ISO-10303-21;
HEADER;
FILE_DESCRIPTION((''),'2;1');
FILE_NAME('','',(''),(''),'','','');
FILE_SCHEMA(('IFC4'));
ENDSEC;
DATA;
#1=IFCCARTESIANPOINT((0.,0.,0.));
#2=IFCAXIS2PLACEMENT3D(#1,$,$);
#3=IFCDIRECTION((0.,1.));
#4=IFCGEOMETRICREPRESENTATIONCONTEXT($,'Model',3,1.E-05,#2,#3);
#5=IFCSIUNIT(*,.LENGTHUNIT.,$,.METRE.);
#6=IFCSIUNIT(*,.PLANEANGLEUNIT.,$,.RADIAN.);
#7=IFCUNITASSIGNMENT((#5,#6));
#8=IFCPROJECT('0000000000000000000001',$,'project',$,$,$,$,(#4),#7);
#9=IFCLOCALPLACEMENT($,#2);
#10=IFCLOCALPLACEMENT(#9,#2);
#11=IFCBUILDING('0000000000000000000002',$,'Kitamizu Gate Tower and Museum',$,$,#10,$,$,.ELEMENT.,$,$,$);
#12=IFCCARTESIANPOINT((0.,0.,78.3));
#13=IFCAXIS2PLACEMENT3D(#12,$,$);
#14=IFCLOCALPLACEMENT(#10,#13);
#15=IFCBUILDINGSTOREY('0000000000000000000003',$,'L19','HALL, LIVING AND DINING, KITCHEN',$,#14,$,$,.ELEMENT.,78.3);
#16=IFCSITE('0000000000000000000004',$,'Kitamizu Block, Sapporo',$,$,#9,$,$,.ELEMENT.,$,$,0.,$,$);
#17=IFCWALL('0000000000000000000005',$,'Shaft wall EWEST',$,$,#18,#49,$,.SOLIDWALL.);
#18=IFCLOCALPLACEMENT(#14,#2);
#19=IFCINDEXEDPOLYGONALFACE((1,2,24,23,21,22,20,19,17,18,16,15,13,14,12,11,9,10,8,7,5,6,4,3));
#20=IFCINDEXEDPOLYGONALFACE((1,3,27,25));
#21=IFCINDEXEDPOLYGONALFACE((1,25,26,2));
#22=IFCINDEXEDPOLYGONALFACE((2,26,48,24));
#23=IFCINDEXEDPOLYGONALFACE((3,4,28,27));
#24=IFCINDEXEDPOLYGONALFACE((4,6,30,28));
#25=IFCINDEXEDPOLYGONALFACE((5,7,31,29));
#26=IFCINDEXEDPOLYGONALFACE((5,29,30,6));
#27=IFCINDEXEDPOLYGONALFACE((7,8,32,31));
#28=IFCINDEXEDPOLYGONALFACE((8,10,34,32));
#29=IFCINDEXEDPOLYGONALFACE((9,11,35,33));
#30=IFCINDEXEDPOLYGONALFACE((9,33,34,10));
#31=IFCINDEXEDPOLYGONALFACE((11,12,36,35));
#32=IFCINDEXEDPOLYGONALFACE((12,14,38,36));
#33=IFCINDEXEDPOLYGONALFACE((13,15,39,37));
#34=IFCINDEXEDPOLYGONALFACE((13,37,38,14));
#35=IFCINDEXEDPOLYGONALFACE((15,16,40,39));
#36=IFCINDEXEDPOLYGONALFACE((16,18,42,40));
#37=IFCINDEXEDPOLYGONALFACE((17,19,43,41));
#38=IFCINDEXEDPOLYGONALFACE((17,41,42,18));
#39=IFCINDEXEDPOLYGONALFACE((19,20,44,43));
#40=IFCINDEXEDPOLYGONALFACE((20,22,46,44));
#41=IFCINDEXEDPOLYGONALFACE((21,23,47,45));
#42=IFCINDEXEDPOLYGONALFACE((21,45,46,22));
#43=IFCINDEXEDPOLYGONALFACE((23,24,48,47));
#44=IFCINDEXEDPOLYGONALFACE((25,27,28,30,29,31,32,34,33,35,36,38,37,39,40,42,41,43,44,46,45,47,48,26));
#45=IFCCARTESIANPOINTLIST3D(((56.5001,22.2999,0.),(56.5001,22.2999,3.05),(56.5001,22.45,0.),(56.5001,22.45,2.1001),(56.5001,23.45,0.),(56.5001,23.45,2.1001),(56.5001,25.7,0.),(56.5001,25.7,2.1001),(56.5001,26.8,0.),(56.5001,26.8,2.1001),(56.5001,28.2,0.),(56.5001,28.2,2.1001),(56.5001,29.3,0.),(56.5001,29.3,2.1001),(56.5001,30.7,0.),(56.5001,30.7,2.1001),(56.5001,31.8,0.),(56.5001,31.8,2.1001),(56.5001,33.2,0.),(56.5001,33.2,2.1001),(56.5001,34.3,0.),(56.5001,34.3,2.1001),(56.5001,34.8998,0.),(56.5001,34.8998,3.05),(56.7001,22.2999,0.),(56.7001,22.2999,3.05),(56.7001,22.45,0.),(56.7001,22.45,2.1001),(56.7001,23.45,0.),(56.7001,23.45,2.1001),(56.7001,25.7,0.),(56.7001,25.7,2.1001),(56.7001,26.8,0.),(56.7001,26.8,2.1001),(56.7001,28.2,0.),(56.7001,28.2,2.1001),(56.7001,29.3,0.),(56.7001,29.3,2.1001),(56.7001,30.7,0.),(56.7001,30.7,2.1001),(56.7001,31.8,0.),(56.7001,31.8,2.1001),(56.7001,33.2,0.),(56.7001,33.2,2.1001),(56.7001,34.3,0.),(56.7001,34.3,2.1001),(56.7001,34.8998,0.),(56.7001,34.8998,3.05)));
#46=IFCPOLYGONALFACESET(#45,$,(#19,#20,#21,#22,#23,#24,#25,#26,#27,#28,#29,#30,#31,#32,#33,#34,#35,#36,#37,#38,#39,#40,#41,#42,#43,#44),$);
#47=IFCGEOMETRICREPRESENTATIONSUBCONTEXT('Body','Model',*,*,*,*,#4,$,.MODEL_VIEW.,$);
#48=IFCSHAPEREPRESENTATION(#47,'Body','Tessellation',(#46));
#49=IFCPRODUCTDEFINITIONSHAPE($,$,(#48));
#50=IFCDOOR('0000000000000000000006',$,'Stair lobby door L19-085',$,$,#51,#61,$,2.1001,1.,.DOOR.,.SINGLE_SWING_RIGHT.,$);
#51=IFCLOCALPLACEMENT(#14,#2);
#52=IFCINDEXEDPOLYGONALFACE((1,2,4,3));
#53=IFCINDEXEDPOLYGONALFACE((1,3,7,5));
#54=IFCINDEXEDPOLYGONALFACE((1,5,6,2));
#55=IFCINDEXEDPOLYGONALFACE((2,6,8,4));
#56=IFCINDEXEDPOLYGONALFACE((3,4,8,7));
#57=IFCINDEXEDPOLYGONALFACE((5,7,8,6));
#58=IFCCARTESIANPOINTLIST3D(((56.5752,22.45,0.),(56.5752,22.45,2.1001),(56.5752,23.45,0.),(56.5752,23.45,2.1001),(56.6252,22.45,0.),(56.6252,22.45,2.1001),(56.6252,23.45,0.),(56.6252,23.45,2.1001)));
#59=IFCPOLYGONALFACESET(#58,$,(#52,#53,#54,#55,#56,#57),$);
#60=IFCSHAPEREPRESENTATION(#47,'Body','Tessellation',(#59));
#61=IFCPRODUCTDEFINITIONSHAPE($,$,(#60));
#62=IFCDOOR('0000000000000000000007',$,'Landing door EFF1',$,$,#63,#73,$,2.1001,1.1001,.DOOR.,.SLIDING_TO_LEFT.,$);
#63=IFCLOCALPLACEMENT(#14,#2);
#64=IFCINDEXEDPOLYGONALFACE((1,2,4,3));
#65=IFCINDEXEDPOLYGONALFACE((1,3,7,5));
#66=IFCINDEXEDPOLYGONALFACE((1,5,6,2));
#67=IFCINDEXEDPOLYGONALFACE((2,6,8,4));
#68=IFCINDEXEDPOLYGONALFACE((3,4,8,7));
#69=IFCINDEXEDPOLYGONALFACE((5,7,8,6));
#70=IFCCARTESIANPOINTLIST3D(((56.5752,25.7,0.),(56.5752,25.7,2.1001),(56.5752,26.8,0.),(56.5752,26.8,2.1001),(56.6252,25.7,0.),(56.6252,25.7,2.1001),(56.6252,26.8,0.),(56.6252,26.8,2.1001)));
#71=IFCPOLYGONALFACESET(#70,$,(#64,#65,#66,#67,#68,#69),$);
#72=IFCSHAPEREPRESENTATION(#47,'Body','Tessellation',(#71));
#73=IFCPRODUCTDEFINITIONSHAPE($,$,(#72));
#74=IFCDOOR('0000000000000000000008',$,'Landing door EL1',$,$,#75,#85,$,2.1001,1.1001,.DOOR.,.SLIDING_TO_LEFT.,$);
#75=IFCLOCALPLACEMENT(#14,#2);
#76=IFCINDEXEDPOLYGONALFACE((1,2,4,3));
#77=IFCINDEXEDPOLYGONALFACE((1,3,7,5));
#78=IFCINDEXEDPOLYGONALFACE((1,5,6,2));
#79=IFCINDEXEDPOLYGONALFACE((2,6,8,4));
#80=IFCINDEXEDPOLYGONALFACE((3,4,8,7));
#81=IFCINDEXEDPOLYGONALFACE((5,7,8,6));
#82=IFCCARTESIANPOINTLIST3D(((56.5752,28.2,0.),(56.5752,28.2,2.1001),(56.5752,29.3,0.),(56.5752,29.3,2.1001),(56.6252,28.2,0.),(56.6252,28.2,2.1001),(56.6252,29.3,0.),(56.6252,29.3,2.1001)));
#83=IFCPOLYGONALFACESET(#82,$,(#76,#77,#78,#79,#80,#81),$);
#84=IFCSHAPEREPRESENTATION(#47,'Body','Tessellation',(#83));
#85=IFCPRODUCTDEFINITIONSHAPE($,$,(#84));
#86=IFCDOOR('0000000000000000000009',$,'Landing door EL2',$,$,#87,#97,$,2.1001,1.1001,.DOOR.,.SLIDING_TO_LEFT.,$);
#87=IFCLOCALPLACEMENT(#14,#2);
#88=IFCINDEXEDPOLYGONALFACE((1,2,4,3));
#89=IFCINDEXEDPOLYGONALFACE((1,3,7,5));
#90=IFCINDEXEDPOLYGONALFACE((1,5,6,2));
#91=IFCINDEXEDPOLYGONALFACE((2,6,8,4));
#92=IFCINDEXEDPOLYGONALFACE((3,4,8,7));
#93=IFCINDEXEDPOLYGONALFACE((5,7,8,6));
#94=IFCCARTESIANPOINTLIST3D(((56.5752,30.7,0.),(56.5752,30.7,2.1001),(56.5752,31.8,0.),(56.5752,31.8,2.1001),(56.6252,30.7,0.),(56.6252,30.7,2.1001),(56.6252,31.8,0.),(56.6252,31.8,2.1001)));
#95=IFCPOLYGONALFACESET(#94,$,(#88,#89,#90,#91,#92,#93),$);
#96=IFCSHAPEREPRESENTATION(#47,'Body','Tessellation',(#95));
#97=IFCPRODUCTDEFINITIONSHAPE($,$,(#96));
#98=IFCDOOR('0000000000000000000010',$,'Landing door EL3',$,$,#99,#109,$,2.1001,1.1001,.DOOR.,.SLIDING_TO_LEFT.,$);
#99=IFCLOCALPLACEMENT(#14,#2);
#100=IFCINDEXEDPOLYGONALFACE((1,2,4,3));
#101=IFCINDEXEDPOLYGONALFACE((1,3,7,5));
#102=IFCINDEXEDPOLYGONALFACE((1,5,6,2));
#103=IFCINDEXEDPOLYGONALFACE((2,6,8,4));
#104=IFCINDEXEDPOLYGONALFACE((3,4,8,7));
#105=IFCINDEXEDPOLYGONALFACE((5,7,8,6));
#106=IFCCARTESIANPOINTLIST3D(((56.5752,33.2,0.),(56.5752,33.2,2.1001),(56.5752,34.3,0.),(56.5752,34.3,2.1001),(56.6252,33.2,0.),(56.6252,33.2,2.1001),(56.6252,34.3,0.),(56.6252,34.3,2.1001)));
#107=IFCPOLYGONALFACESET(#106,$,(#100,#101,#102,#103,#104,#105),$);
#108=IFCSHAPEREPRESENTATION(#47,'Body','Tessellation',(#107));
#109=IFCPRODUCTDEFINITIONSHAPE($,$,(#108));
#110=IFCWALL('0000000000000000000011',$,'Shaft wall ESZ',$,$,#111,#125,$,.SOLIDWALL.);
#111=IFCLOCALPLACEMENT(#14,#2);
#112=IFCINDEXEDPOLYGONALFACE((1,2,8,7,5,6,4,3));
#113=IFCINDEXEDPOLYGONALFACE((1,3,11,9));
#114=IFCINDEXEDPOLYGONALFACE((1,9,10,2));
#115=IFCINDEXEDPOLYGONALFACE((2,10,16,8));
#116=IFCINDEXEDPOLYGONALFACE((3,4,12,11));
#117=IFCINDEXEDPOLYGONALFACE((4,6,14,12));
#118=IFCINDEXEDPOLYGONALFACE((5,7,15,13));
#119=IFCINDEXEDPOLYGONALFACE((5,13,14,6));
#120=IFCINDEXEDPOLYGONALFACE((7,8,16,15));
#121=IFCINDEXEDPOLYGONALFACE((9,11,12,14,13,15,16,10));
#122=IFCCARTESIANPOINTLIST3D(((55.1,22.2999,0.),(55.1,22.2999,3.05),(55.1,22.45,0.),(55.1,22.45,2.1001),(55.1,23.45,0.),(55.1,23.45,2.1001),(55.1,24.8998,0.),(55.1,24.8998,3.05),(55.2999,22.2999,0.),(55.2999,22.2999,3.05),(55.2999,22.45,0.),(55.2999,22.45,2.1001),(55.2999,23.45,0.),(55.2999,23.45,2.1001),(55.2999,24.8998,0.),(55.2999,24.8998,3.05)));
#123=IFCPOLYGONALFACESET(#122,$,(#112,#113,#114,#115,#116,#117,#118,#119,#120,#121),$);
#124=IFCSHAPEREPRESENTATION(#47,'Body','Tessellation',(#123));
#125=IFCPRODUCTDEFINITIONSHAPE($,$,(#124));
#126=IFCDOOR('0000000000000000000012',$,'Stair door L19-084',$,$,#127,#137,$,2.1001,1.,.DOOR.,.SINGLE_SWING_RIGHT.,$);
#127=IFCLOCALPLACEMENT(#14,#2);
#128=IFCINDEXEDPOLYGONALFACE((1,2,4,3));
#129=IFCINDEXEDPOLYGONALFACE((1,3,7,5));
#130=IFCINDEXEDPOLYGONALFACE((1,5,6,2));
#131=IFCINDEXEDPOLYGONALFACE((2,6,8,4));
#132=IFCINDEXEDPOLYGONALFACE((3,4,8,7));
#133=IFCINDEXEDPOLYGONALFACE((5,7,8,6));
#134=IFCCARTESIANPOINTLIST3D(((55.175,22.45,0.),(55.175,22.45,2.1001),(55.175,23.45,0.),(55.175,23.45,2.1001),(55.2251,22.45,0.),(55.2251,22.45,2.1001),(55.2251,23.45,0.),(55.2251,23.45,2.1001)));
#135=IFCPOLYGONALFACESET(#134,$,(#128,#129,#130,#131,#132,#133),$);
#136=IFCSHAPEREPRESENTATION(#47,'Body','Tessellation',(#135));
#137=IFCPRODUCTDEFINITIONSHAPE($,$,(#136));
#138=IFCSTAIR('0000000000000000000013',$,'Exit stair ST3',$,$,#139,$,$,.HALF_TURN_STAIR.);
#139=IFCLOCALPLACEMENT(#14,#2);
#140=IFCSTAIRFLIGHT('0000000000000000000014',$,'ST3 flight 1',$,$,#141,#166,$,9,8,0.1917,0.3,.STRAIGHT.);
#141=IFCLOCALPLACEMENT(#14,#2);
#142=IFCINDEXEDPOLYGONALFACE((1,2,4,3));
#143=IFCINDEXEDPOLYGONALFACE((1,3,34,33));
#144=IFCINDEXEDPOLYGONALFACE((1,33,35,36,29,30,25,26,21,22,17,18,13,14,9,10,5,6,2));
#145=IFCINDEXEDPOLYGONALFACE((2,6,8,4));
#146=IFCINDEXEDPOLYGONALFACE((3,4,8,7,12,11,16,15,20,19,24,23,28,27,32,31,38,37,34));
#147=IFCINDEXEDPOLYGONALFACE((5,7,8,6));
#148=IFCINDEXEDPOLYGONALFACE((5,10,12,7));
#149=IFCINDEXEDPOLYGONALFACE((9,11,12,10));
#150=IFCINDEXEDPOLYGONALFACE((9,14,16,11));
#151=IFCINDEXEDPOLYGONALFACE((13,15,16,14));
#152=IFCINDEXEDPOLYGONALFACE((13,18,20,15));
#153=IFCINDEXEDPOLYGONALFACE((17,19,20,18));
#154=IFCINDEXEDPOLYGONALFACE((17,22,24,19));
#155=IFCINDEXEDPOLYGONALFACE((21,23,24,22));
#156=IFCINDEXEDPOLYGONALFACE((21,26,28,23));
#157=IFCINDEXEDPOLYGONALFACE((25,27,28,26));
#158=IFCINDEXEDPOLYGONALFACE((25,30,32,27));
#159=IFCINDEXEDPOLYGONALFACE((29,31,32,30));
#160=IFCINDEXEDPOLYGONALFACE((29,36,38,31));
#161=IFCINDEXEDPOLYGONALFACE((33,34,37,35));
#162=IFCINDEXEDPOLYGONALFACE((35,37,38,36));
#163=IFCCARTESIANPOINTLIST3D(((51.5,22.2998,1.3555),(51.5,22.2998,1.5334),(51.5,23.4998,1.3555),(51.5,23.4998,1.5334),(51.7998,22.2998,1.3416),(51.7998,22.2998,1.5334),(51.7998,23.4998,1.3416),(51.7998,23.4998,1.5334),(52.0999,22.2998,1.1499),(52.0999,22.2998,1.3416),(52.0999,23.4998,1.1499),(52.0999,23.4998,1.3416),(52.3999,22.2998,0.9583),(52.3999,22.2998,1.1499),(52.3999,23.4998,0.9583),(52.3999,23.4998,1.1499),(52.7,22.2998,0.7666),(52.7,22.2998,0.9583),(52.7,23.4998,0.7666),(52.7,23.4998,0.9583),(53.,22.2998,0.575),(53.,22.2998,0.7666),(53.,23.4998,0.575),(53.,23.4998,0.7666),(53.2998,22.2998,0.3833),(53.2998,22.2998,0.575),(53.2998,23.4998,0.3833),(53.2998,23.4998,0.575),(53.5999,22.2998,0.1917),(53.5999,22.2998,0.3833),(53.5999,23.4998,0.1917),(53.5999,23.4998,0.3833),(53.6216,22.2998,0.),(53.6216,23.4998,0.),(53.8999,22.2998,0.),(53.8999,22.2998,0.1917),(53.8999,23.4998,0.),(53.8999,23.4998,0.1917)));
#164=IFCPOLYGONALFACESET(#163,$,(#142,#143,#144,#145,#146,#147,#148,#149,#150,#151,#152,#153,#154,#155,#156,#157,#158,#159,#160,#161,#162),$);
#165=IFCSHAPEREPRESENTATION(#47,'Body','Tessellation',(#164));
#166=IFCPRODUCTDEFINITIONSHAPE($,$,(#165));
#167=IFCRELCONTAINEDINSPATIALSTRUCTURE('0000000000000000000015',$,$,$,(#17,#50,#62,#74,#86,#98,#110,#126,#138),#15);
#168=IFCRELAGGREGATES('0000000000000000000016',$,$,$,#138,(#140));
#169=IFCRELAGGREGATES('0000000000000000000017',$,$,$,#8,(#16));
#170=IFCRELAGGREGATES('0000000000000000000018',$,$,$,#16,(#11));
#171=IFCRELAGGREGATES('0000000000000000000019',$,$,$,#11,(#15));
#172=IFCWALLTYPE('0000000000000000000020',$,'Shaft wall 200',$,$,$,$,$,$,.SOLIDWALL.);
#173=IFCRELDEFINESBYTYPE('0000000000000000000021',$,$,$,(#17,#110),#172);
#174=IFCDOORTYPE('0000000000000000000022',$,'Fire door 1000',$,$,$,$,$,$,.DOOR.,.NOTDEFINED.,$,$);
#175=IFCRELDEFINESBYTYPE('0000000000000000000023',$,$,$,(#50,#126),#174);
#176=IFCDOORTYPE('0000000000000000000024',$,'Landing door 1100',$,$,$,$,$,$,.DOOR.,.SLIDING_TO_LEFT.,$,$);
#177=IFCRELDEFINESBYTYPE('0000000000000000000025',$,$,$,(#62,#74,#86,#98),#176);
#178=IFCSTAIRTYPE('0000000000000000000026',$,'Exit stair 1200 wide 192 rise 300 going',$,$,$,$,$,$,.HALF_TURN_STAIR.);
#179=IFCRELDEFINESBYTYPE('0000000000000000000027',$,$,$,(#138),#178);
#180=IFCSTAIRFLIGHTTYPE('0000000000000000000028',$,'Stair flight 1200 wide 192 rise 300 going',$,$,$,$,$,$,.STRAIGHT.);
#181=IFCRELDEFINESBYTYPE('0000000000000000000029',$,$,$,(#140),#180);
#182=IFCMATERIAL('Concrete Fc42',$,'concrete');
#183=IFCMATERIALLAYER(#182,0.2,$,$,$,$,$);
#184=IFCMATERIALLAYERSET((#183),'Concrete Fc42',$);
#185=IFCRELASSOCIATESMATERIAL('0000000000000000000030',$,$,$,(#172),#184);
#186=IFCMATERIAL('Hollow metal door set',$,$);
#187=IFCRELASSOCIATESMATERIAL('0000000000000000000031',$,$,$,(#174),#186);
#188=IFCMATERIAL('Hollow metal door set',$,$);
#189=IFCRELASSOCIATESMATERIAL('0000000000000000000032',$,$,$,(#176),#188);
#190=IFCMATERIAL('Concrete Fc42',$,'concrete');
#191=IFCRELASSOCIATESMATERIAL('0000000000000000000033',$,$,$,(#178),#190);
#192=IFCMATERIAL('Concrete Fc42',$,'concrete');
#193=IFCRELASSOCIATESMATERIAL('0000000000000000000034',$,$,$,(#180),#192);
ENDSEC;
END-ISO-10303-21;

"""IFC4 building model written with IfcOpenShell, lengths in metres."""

from ifc_helpers import new_model, si_unit, direction, frame, frame_2d, origin, place, context, subcontext, project, spatial, polyline, rectangle, outline, extrude, material, layer, layer_set, type_object, element, fill, aggregate, save


model = new_model("IFC4")

# Units and contexts
model_context = context("Model", 3, precision=1e-05, world=origin(), true_north=direction((0.0, 1.0)))
body_context = subcontext(model_context, "Body", "Model", "MODEL_VIEW")
ifc_project = project(units=[si_unit("LENGTHUNIT", "METRE"), si_unit("PLANEANGLEUNIT", "RADIAN")], contexts=[model_context])

# Site, building, storey
site_placement = place(None, origin())
site = spatial("IfcSite", under=ifc_project, at=site_placement, Name="Kitamizu Block, Sapporo", CompositionType="ELEMENT", RefElevation=0.0)
building_placement = place(site_placement, origin())
building = spatial("IfcBuilding", under=site, at=building_placement, Name="Kitamizu Gate Tower and Museum", CompositionType="ELEMENT")
storey_placement = place(building_placement, frame((0.0, 0.0, 78.3)))
storey = spatial("IfcBuildingStorey", under=building, at=storey_placement, Name="L19", Description="HALL, LIVING AND DINING, KITCHEN", CompositionType="ELEMENT", Elevation=78.3)

# Wall, openings, doors
ifc_material_1 = material(Name="Concrete Fc42", Category="concrete")
ifc_layer_1 = layer(ifc_material_1, 0.2)
ifc_layer_set_1 = layer_set([ifc_layer_1], Name="Concrete Fc42")
wall_type_1 = type_object("IfcWallType", Name="Shaft wall 200", PredefinedType="SOLIDWALL", material=ifc_layer_set_1)
wall_1_placement = place(storey_placement, frame((56.6001, 22.3, 0.0), z_axis=(0.0, 0.0, 1.0), x_axis=(0.0, 1.0, 0.0)))
wall_1 = element("IfcWall", 1, at=wall_1_placement, inside=storey, type_object=wall_type_1, Name="Shaft wall EWEST", PredefinedType="SOLIDWALL", context=body_context, shape_type="SweptSolid", body=[
    extrude(rectangle(XDim=12.5999, YDim=0.2, at=frame_2d((6.2998, 0.0))), origin(), (0.0, 0.0, 1.0), 3.05),
])
opening_1_placement = place(wall_1_placement, frame((3.3999, 0.0, 0.0)))
opening_1 = element("IfcOpeningElement", 2, at=opening_1_placement, cuts=wall_1, PredefinedType="OPENING", context=body_context, shape_type="SweptSolid", body=[
    extrude(rectangle(XDim=1.1001, YDim=2.1001, at=frame_2d((0.55, 1.05))), frame((0.0, 0.1099, 0.0), z_axis=(0.0, -1.0, 0.0), x_axis=(1.0, 0.0, 0.0)), (0.0, 0.0, 1.0), 0.22),
])
opening_2_placement = place(wall_1_placement, frame((5.8999, 0.0, 0.0)))
opening_2 = element("IfcOpeningElement", 3, at=opening_2_placement, cuts=wall_1, PredefinedType="OPENING", context=body_context, shape_type="SweptSolid", body=[
    extrude(rectangle(XDim=1.1001, YDim=2.1001, at=frame_2d((0.55, 1.05))), frame((0.0, 0.1099, 0.0), z_axis=(0.0, -1.0, 0.0), x_axis=(1.0, 0.0, 0.0)), (0.0, 0.0, 1.0), 0.22),
])
opening_3_placement = place(wall_1_placement, frame((8.3999, 0.0, 0.0)))
opening_3 = element("IfcOpeningElement", 4, at=opening_3_placement, cuts=wall_1, PredefinedType="OPENING", context=body_context, shape_type="SweptSolid", body=[
    extrude(rectangle(XDim=1.1001, YDim=2.1001, at=frame_2d((0.55, 1.05))), frame((0.0, 0.1099, 0.0), z_axis=(0.0, -1.0, 0.0), x_axis=(1.0, 0.0, 0.0)), (0.0, 0.0, 1.0), 0.22),
])
opening_4_placement = place(wall_1_placement, frame((10.8999, 0.0, 0.0)))
opening_4 = element("IfcOpeningElement", 5, at=opening_4_placement, cuts=wall_1, PredefinedType="OPENING", context=body_context, shape_type="SweptSolid", body=[
    extrude(rectangle(XDim=1.1001, YDim=2.1001, at=frame_2d((0.55, 1.05))), frame((0.0, 0.1099, 0.0), z_axis=(0.0, -1.0, 0.0), x_axis=(1.0, 0.0, 0.0)), (0.0, 0.0, 1.0), 0.22),
])
opening_5_placement = place(wall_1_placement, frame((0.1499, 0.0, 0.0)))
opening_5 = element("IfcOpeningElement", 6, at=opening_5_placement, cuts=wall_1, PredefinedType="OPENING", context=body_context, shape_type="SweptSolid", body=[
    extrude(rectangle(XDim=1.0, YDim=2.1001, at=frame_2d((0.5, 1.05))), frame((0.0, 0.1099, 0.0), z_axis=(0.0, -1.0, 0.0), x_axis=(1.0, 0.0, 0.0)), (0.0, 0.0, 1.0), 0.22),
])
ifc_material_2 = material(Name="Hollow metal door set")
door_type_1 = type_object("IfcDoorType", Name="Fire door 1000", OperationType="NOTDEFINED", PredefinedType="DOOR", material=ifc_material_2)
door_1_placement = place(opening_5_placement, origin())
door_1 = element("IfcDoor", 7, at=door_1_placement, inside=storey, type_object=door_type_1, Name="Stair lobby door L19-085", OperationType="SINGLE_SWING_RIGHT", OverallHeight=2.1001, OverallWidth=1.0, PredefinedType="DOOR", context=body_context, shape_type="SweptSolid", body=[
    extrude(rectangle(XDim=1.0, YDim=2.1001, at=frame_2d((0.5, 1.05))), frame((0.0, 0.0249, 0.0), z_axis=(0.0, -1.0, 0.0), x_axis=(1.0, 0.0, 0.0)), (0.0, 0.0, 1.0), 0.05),
])
fill(opening_5, door_1)
ifc_material_3 = material(Name="Hollow metal door set")
door_type_2 = type_object("IfcDoorType", Name="Landing door 1100", OperationType="SLIDING_TO_LEFT", PredefinedType="DOOR", material=ifc_material_3)
door_2_placement = place(opening_1_placement, origin())
door_2 = element("IfcDoor", 8, at=door_2_placement, inside=storey, type_object=door_type_2, Name="Landing door EFF1", OperationType="SLIDING_TO_LEFT", OverallHeight=2.1001, OverallWidth=1.1001, PredefinedType="DOOR", context=body_context, shape_type="SweptSolid", body=[
    extrude(rectangle(XDim=1.1001, YDim=2.1001, at=frame_2d((0.55, 1.05))), frame((0.0, 0.0249, 0.0), z_axis=(0.0, -1.0, 0.0), x_axis=(1.0, 0.0, 0.0)), (0.0, 0.0, 1.0), 0.05),
])
fill(opening_1, door_2)
door_3_placement = place(opening_2_placement, origin())
door_3 = element("IfcDoor", 9, at=door_3_placement, inside=storey, type_object=door_type_2, Name="Landing door EL1", OperationType="SLIDING_TO_LEFT", OverallHeight=2.1001, OverallWidth=1.1001, PredefinedType="DOOR", context=body_context, shape_type="SweptSolid", body=[
    extrude(rectangle(XDim=1.1001, YDim=2.1001, at=frame_2d((0.55, 1.05))), frame((0.0, 0.0249, 0.0), z_axis=(0.0, -1.0, 0.0), x_axis=(1.0, 0.0, 0.0)), (0.0, 0.0, 1.0), 0.05),
])
fill(opening_2, door_3)
door_4_placement = place(opening_3_placement, origin())
door_4 = element("IfcDoor", 10, at=door_4_placement, inside=storey, type_object=door_type_2, Name="Landing door EL2", OperationType="SLIDING_TO_LEFT", OverallHeight=2.1001, OverallWidth=1.1001, PredefinedType="DOOR", context=body_context, shape_type="SweptSolid", body=[
    extrude(rectangle(XDim=1.1001, YDim=2.1001, at=frame_2d((0.55, 1.05))), frame((0.0, 0.0249, 0.0), z_axis=(0.0, -1.0, 0.0), x_axis=(1.0, 0.0, 0.0)), (0.0, 0.0, 1.0), 0.05),
])
fill(opening_3, door_4)
door_5_placement = place(opening_4_placement, origin())
door_5 = element("IfcDoor", 11, at=door_5_placement, inside=storey, type_object=door_type_2, Name="Landing door EL3", OperationType="SLIDING_TO_LEFT", OverallHeight=2.1001, OverallWidth=1.1001, PredefinedType="DOOR", context=body_context, shape_type="SweptSolid", body=[
    extrude(rectangle(XDim=1.1001, YDim=2.1001, at=frame_2d((0.55, 1.05))), frame((0.0, 0.0249, 0.0), z_axis=(0.0, -1.0, 0.0), x_axis=(1.0, 0.0, 0.0)), (0.0, 0.0, 1.0), 0.05),
])
fill(opening_4, door_5)

# Wall, opening, door
wall_2_placement = place(storey_placement, frame((55.2, 22.3, 0.0), z_axis=(0.0, 0.0, 1.0), x_axis=(0.0, 1.0, 0.0)))
wall_2 = element("IfcWall", 12, at=wall_2_placement, inside=storey, type_object=wall_type_1, Name="Shaft wall ESZ", PredefinedType="SOLIDWALL", context=body_context, shape_type="SweptSolid", body=[
    extrude(rectangle(XDim=2.5999, YDim=0.2, at=frame_2d((1.2998, 0.0))), origin(), (0.0, 0.0, 1.0), 3.05),
])
opening_6_placement = place(wall_2_placement, frame((0.1499, 0.0, 0.0)))
opening_6 = element("IfcOpeningElement", 13, at=opening_6_placement, cuts=wall_2, PredefinedType="OPENING", context=body_context, shape_type="SweptSolid", body=[
    extrude(rectangle(XDim=1.0, YDim=2.1001, at=frame_2d((0.5, 1.05))), frame((0.0, 0.1099, 0.0), z_axis=(0.0, -1.0, 0.0), x_axis=(1.0, 0.0, 0.0)), (0.0, 0.0, 1.0), 0.22),
])
door_6_placement = place(opening_6_placement, origin())
door_6 = element("IfcDoor", 14, at=door_6_placement, inside=storey, type_object=door_type_1, Name="Stair door L19-084", OperationType="SINGLE_SWING_RIGHT", OverallHeight=2.1001, OverallWidth=1.0, PredefinedType="DOOR", context=body_context, shape_type="SweptSolid", body=[
    extrude(rectangle(XDim=1.0, YDim=2.1001, at=frame_2d((0.5, 1.05))), frame((0.0, 0.0249, 0.0), z_axis=(0.0, -1.0, 0.0), x_axis=(1.0, 0.0, 0.0)), (0.0, 0.0, 1.0), 0.05),
])
fill(opening_6, door_6)

# Stair, stair flight
ifc_material_4 = material(Name="Concrete Fc42", Category="concrete")
stair_type = type_object("IfcStairType", Name="Exit stair 1200 wide 192 rise 300 going", PredefinedType="HALF_TURN_STAIR", material=ifc_material_4)
stair_placement = place(storey_placement, origin())
stair = element("IfcStair", 15, at=stair_placement, inside=storey, type_object=stair_type, Name="Exit stair ST3", PredefinedType="HALF_TURN_STAIR")
ifc_material_5 = material(Name="Concrete Fc42", Category="concrete")
stair_flight_type = type_object("IfcStairFlightType", Name="Stair flight 1200 wide 192 rise 300 going", PredefinedType="STRAIGHT", material=ifc_material_5)
stair_flight_placement = place(storey_placement, frame((53.8999, 22.8999, 0.0), z_axis=(0.0, 0.0, 1.0), x_axis=(-1.0, 0.0, 0.0)))
stair_flight = element("IfcStairFlight", 16, at=stair_flight_placement, type_object=stair_flight_type, Name="ST3 flight 1", NumberOfRisers=9, NumberOfTreads=8, PredefinedType="STRAIGHT", RiserHeight=0.1917, TreadLength=0.3, context=body_context, shape_type="SweptSolid", body=[
    extrude(outline(polyline([(0.0, 0.0), (0.0, 0.1917), (0.3, 0.1917), (0.3, 0.3833), (0.6001, 0.3833), (0.6001, 0.575), (0.8999, 0.575), (0.8999, 0.7666), (1.2, 0.7666), (1.2, 0.9583), (1.5, 0.9583), (1.5, 1.1499), (1.8, 1.1499), (1.8, 1.3416), (2.1001, 1.3416), (2.1001, 1.5334), (2.3999, 1.5334), (2.3999, 1.7251), (2.3999, 1.3555), (0.2783, 0.0), (0.0, 0.0)])), frame((0.0, 0.6001, 0.0), z_axis=(0.0, -1.0, 0.0), x_axis=(1.0, 0.0, 0.0)), (0.0, 0.0, 1.0), 1.2),
])
aggregate(stair, [stair_flight])

save(model, "model.ifc")
